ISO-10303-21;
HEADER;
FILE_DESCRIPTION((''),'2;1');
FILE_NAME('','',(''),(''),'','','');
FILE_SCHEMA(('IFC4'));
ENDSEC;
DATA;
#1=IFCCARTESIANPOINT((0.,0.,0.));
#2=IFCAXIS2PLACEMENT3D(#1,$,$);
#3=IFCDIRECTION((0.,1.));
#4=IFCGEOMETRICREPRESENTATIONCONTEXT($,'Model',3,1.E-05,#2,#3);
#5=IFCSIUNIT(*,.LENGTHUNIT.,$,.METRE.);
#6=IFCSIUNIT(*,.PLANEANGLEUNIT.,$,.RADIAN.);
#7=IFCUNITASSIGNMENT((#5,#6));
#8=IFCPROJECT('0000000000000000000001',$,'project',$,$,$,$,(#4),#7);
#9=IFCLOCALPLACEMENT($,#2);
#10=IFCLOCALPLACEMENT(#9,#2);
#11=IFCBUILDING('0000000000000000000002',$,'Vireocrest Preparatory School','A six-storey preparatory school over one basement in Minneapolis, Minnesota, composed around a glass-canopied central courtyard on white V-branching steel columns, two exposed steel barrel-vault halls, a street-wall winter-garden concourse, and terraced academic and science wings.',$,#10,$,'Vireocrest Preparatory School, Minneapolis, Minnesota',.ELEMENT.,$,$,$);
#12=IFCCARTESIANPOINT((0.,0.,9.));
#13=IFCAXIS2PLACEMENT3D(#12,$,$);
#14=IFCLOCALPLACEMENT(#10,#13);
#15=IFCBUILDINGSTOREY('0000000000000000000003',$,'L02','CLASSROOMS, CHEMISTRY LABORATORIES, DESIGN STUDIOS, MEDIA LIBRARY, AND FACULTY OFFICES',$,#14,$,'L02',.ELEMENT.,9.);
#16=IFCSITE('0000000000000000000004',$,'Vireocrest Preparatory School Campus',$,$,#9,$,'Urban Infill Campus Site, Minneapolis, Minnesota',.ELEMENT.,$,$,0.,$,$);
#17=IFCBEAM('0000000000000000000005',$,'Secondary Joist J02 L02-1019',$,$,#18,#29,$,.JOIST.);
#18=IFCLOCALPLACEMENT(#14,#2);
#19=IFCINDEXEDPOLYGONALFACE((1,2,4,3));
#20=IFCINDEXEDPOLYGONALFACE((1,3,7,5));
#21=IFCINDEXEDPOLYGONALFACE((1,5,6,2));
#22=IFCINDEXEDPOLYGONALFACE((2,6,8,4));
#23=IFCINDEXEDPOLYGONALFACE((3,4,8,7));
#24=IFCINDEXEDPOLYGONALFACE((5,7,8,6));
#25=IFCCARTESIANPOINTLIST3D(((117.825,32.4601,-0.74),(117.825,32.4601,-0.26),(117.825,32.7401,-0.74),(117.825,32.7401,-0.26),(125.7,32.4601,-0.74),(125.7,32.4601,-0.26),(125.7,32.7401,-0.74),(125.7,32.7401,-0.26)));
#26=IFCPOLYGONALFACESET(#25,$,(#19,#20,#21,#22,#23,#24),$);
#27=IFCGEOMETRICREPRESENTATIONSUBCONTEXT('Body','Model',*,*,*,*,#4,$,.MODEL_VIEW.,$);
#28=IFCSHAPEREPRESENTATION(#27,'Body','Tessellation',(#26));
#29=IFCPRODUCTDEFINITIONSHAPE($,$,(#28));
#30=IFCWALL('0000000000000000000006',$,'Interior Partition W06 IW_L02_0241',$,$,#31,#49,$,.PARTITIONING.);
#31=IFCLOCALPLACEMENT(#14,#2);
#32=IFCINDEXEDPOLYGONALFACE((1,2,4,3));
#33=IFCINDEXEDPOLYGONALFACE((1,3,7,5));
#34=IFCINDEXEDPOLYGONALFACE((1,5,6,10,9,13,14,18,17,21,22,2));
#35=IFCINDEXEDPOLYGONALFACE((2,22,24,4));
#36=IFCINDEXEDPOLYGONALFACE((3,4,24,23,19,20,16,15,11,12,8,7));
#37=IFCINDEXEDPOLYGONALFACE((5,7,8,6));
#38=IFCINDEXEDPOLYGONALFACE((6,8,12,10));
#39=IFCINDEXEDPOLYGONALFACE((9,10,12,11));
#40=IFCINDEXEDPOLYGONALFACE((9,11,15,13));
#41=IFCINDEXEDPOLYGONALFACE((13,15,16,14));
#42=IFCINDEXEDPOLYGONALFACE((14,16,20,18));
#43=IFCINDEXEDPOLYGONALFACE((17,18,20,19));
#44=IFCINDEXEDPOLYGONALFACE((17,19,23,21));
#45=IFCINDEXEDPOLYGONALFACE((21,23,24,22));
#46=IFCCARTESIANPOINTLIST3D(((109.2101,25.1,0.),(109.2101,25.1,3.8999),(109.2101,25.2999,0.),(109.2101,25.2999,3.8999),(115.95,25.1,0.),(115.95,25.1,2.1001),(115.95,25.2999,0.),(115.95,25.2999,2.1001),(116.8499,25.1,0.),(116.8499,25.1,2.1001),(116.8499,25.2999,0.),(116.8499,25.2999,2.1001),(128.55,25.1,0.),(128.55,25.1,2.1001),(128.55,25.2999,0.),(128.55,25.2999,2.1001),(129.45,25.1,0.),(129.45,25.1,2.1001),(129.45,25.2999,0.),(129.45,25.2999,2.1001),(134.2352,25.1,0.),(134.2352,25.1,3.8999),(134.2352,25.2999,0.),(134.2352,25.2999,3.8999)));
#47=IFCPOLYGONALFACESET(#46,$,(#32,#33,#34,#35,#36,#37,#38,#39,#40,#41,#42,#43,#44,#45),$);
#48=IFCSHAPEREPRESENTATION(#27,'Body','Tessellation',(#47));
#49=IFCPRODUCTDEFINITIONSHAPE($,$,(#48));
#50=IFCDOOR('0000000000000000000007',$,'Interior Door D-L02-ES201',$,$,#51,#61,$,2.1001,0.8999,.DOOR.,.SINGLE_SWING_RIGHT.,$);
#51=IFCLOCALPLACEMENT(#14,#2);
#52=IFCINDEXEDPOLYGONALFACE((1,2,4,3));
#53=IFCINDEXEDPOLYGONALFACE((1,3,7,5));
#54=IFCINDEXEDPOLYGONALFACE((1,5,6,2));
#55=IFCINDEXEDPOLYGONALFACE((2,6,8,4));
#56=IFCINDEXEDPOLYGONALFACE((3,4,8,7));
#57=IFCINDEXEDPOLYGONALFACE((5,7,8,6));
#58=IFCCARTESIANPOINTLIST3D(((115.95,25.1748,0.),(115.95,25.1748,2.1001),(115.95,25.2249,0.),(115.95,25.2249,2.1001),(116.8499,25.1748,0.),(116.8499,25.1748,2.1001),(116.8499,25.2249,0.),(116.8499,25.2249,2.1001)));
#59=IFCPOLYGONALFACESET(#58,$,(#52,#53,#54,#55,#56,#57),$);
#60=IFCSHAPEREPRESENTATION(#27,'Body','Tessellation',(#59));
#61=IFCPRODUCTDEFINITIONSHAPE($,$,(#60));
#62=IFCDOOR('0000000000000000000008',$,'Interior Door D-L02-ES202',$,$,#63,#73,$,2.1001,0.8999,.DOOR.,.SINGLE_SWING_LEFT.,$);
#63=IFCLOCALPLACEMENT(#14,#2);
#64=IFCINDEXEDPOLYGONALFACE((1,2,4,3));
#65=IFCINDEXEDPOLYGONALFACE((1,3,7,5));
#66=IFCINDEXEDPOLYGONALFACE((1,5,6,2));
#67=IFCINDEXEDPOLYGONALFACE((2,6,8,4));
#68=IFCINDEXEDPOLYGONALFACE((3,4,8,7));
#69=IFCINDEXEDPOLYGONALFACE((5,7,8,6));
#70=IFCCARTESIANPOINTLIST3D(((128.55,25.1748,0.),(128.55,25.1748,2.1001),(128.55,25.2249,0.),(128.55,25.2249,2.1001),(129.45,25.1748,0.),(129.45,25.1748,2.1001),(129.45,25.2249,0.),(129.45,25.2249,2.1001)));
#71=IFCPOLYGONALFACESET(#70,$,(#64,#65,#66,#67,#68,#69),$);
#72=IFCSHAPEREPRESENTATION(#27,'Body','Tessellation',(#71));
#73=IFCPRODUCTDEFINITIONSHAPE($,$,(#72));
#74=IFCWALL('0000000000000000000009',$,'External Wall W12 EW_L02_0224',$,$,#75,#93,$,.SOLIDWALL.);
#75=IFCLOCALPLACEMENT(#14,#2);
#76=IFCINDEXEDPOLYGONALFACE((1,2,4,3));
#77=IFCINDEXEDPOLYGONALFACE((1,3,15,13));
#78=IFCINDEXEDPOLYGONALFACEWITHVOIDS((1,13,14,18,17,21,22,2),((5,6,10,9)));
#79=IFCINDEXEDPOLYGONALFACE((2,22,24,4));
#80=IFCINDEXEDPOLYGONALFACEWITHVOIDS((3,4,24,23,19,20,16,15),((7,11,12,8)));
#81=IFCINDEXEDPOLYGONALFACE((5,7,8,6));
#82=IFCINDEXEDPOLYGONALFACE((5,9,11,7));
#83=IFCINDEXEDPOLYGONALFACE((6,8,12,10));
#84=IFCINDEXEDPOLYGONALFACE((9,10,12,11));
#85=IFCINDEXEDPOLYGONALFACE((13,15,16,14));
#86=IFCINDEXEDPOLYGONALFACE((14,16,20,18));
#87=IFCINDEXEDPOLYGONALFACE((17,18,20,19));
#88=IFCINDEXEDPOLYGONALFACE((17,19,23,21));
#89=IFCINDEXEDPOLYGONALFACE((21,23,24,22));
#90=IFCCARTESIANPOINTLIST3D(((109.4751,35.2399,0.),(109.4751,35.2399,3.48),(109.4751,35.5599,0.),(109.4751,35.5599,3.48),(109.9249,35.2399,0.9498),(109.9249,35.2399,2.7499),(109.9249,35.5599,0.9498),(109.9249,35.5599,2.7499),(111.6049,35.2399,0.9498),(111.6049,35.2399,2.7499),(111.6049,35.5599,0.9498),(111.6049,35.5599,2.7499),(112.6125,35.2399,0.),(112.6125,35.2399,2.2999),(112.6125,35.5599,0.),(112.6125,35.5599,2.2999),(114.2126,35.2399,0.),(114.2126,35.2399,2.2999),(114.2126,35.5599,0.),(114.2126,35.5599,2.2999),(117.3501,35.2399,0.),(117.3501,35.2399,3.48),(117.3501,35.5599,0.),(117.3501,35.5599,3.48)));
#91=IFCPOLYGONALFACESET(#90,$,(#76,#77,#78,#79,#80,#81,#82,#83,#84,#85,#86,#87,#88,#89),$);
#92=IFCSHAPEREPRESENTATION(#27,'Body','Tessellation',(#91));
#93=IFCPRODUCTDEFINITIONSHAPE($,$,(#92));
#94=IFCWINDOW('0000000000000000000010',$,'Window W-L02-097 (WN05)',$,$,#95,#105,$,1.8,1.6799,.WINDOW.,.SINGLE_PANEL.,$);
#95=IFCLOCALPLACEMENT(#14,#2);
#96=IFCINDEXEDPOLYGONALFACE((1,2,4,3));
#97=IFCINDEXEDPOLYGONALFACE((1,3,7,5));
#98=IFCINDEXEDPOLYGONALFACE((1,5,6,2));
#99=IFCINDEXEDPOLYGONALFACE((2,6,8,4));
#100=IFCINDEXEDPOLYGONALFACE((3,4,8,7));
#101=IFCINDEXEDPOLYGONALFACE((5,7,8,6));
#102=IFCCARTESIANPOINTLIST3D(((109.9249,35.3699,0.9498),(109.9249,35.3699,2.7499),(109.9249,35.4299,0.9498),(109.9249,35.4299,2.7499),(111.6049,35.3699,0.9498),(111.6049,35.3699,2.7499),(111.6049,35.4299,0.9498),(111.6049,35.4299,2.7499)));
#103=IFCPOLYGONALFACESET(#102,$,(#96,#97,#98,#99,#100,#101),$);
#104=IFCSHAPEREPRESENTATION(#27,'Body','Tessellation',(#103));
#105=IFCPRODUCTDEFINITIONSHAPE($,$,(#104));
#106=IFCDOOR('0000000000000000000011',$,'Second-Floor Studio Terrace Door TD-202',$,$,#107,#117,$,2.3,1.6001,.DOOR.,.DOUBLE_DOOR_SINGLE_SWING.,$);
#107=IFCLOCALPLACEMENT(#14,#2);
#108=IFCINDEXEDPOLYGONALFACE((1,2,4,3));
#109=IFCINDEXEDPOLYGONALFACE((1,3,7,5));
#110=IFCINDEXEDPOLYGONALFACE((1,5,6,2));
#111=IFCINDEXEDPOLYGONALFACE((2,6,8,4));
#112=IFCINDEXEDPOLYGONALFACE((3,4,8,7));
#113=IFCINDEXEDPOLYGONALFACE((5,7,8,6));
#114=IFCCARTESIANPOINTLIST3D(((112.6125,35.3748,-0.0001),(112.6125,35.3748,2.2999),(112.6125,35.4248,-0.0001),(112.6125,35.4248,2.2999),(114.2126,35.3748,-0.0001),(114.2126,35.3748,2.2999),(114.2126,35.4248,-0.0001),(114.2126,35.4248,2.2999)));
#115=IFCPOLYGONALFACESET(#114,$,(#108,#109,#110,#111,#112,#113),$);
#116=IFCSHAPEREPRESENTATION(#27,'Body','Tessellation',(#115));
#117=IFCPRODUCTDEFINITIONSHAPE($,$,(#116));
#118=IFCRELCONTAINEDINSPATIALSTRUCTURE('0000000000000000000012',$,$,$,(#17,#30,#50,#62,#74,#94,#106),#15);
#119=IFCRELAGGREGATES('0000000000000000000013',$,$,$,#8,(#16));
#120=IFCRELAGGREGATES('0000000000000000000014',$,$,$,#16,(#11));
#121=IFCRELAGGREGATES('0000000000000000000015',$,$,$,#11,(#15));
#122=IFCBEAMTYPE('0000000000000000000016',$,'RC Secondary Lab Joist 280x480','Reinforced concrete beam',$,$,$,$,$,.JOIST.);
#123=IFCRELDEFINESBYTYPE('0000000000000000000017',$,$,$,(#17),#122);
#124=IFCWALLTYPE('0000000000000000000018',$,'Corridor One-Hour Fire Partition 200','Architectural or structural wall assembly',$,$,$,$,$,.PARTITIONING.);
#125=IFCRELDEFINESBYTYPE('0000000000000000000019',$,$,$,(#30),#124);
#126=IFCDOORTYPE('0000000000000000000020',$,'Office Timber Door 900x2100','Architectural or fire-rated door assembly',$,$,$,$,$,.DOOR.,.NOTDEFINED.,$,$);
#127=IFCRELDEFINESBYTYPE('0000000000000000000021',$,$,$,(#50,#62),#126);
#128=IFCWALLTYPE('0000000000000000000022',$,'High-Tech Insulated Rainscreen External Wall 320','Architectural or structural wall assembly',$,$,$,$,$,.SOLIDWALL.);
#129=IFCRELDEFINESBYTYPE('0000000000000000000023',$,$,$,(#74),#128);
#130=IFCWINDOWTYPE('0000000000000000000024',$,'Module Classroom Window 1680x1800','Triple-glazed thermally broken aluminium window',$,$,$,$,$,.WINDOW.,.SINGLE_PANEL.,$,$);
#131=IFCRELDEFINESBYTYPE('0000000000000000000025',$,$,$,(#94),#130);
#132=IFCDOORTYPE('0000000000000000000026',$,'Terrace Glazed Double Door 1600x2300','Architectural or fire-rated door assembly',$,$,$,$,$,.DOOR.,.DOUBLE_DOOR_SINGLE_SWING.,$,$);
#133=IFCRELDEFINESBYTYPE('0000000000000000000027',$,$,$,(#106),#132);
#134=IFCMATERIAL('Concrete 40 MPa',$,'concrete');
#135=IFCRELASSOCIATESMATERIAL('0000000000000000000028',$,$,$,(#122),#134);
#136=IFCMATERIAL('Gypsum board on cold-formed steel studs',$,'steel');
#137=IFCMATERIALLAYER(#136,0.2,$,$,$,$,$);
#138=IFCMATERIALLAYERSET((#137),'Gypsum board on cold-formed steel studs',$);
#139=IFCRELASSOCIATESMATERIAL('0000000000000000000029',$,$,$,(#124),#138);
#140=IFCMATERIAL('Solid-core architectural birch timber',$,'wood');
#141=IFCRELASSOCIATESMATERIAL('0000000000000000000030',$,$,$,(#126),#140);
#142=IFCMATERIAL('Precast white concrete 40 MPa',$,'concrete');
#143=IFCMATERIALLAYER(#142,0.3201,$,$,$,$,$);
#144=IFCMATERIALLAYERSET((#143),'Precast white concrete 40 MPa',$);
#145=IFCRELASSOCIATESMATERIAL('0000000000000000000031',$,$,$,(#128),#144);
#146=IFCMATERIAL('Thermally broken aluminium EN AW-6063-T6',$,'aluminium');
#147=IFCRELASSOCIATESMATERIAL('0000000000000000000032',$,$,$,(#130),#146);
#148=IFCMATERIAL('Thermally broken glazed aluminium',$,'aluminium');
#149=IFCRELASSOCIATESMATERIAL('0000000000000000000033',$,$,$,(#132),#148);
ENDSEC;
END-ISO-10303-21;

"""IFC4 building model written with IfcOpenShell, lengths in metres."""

from ifc_helpers import new_model, si_unit, direction, frame, frame_2d, origin, origin_2d, place, context, subcontext, project, spatial, rectangle, extrude, material, layer, layer_set, material_profile, profile_set, type_object, element, fill, save


model = new_model("IFC4")

# Units and contexts
model_context = context("Model", 3, precision=1e-05, world=origin(), true_north=direction((0.0, 1.0)))
body_context = subcontext(model_context, "Body", "Model", "MODEL_VIEW")
ifc_project = project(units=[si_unit("LENGTHUNIT", "METRE"), si_unit("PLANEANGLEUNIT", "RADIAN")], contexts=[model_context])

# Site, building, storey
site_placement = place(None, origin())
site = spatial("IfcSite", under=ifc_project, at=site_placement, Name="Vireocrest Preparatory School Campus", LongName="Urban Infill Campus Site, Minneapolis, Minnesota", CompositionType="ELEMENT", RefElevation=0.0)
building_placement = place(site_placement, origin())
building = spatial("IfcBuilding", under=site, at=building_placement, Name="Vireocrest Preparatory School", Description="A six-storey preparatory school over one basement in Minneapolis, Minnesota, composed around a glass-canopied central courtyard on white V-branching steel columns, two exposed steel barrel-vault halls, a street-wall winter-garden concourse, and terraced academic and science wings.", LongName="Vireocrest Preparatory School, Minneapolis, Minnesota", CompositionType="ELEMENT")
storey_placement = place(building_placement, frame((0.0, 0.0, 9.0)))
storey = spatial("IfcBuildingStorey", under=building, at=storey_placement, Name="L02", Description="CLASSROOMS, CHEMISTRY LABORATORIES, DESIGN STUDIOS, MEDIA LIBRARY, AND FACULTY OFFICES", LongName="L02", CompositionType="ELEMENT", Elevation=9.0)

# Beam
ifc_material_1 = material(Name="Concrete 40 MPa", Category="concrete")
ifc_material_profile_1 = material_profile(ifc_material_1, rectangle(XDim=0.28, YDim=0.48, at=origin_2d()), Name="RC 280x480")
ifc_profile_set_1 = profile_set([ifc_material_profile_1], Name="Concrete 40 MPa")
beam_type_1 = type_object("IfcBeamType", Name="RC Secondary Lab Joist 280x480", Description="Reinforced concrete beam", PredefinedType="JOIST", material=ifc_profile_set_1)
for number, where, z_axis, x_axis, name in (
    (1, (117.825, 32.6001, -0.5), (1.0, 0.0, 0.0), (0.0, 1.0, 0.0), "Secondary Joist J02 L02-1019"),
):
    element("IfcBeam", number, at=place(storey_placement, frame(where, z_axis=z_axis, x_axis=x_axis)), inside=storey, type_object=beam_type_1, Name=name, PredefinedType="JOIST", context=body_context, shape_type="SweptSolid", body=[
        extrude(rectangle(XDim=0.28, YDim=0.48, at=origin_2d()), origin(), (0.0, 0.0, 1.0), 7.875),
    ])

# Wall, openings, doors
ifc_material_2 = material(Name="Gypsum board on cold-formed steel studs", Category="steel")
ifc_layer_1 = layer(ifc_material_2, 0.2)
ifc_layer_set_1 = layer_set([ifc_layer_1], Name="Gypsum board on cold-formed steel studs")
wall_type_1 = type_object("IfcWallType", Name="Corridor One-Hour Fire Partition 200", Description="Architectural or structural wall assembly", PredefinedType="PARTITIONING", material=ifc_layer_set_1)
wall_1_placement = place(storey_placement, frame((109.21, 25.2, 0.0), z_axis=(0.0, 0.0, 1.0), x_axis=(1.0, 0.0, 0.0)))
wall_1 = element("IfcWall", 2, at=wall_1_placement, inside=storey, type_object=wall_type_1, Name="Interior Partition W06 IW_L02_0241", PredefinedType="PARTITIONING", context=body_context, shape_type="SweptSolid", body=[
    extrude(rectangle(XDim=25.0251, YDim=0.2, at=frame_2d((12.5127, 0.0))), origin(), (0.0, 0.0, 1.0), 3.8999),
])
opening_1_placement = place(wall_1_placement, frame((6.74, 0.0, 0.0)))
opening_1 = element("IfcOpeningElement", 3, at=opening_1_placement, cuts=wall_1, PredefinedType="OPENING", context=body_context, shape_type="SweptSolid", body=[
    extrude(rectangle(XDim=0.8999, YDim=2.1001, at=frame_2d((0.45, 1.05))), frame((0.0, 0.1099, 0.0), z_axis=(0.0, -1.0, 0.0), x_axis=(1.0, 0.0, 0.0)), (0.0, 0.0, 1.0), 0.22),
])
opening_2_placement = place(wall_1_placement, frame((19.3401, 0.0, 0.0)))
opening_2 = element("IfcOpeningElement", 4, at=opening_2_placement, cuts=wall_1, PredefinedType="OPENING", context=body_context, shape_type="SweptSolid", body=[
    extrude(rectangle(XDim=0.8999, YDim=2.1001, at=frame_2d((0.45, 1.05))), frame((0.0, 0.1099, 0.0), z_axis=(0.0, -1.0, 0.0), x_axis=(1.0, 0.0, 0.0)), (0.0, 0.0, 1.0), 0.22),
])
ifc_material_3 = material(Name="Solid-core architectural birch timber", Category="wood")
door_type_1 = type_object("IfcDoorType", Name="Office Timber Door 900x2100", Description="Architectural or fire-rated door assembly", OperationType="NOTDEFINED", PredefinedType="DOOR", material=ifc_material_3)
door_1_placement = place(opening_1_placement, origin())
door_1 = element("IfcDoor", 5, at=door_1_placement, inside=storey, type_object=door_type_1, Name="Interior Door D-L02-ES201", OperationType="SINGLE_SWING_RIGHT", OverallHeight=2.1001, OverallWidth=0.8999, PredefinedType="DOOR", context=body_context, shape_type="SweptSolid", body=[
    extrude(rectangle(XDim=0.8999, YDim=2.1001, at=frame_2d((0.45, 1.05))), frame((0.0, 0.0249, 0.0), z_axis=(0.0, -1.0, 0.0), x_axis=(1.0, 0.0, 0.0)), (0.0, 0.0, 1.0), 0.05),
])
fill(opening_1, door_1)
door_2_placement = place(opening_2_placement, origin())
door_2 = element("IfcDoor", 6, at=door_2_placement, inside=storey, type_object=door_type_1, Name="Interior Door D-L02-ES202", OperationType="SINGLE_SWING_LEFT", OverallHeight=2.1001, OverallWidth=0.8999, PredefinedType="DOOR", context=body_context, shape_type="SweptSolid", body=[
    extrude(rectangle(XDim=0.8999, YDim=2.1001, at=frame_2d((0.45, 1.05))), frame((0.0, 0.0249, 0.0), z_axis=(0.0, -1.0, 0.0), x_axis=(1.0, 0.0, 0.0)), (0.0, 0.0, 1.0), 0.05),
])
fill(opening_2, door_2)

# Wall, openings, window, door
ifc_material_4 = material(Name="Precast white concrete 40 MPa", Category="concrete")
ifc_layer_2 = layer(ifc_material_4, 0.3201)
ifc_layer_set_2 = layer_set([ifc_layer_2], Name="Precast white concrete 40 MPa")
wall_type_2 = type_object("IfcWallType", Name="High-Tech Insulated Rainscreen External Wall 320", Description="Architectural or structural wall assembly", PredefinedType="SOLIDWALL", material=ifc_layer_set_2)
wall_2_placement = place(storey_placement, frame((109.4751, 35.3999, 0.0), z_axis=(0.0, 0.0, 1.0), x_axis=(1.0, 0.0, 0.0)))
wall_2 = element("IfcWall", 7, at=wall_2_placement, inside=storey, type_object=wall_type_2, Name="External Wall W12 EW_L02_0224", PredefinedType="SOLIDWALL", context=body_context, shape_type="SweptSolid", body=[
    extrude(rectangle(XDim=7.875, YDim=0.3201, at=frame_2d((3.9375, 0.0))), origin(), (0.0, 0.0, 1.0), 3.48),
])
opening_3_placement = place(wall_2_placement, frame((3.1375, 0.0, 0.0)))
opening_3 = element("IfcOpeningElement", 8, at=opening_3_placement, cuts=wall_2, PredefinedType="OPENING", context=body_context, shape_type="SweptSolid", body=[
    extrude(rectangle(XDim=1.6001, YDim=2.3, at=frame_2d((0.8, 1.1499))), frame((0.0, 0.1699, 0.0), z_axis=(0.0, -1.0, 0.0), x_axis=(1.0, 0.0, 0.0)), (0.0, 0.0, 1.0), 0.3401),
])
opening_4_placement = place(wall_2_placement, frame((0.45, 0.0, 0.95)))
opening_4 = element("IfcOpeningElement", 9, at=opening_4_placement, cuts=wall_2, PredefinedType="OPENING", context=body_context, shape_type="SweptSolid", body=[
    extrude(rectangle(XDim=1.6799, YDim=1.8, at=frame_2d((0.8398, 0.8999))), frame((0.0, 0.1699, 0.0), z_axis=(0.0, -1.0, 0.0), x_axis=(1.0, 0.0, 0.0)), (0.0, 0.0, 1.0), 0.3401),
])
ifc_material_5 = material(Name="Thermally broken aluminium EN AW-6063-T6", Category="aluminium")
window_type_1 = type_object("IfcWindowType", Name="Module Classroom Window 1680x1800", Description="Triple-glazed thermally broken aluminium window", PartitioningType="SINGLE_PANEL", PredefinedType="WINDOW", material=ifc_material_5)
window_1_placement = place(opening_4_placement, origin())
window_1 = element("IfcWindow", 10, at=window_1_placement, inside=storey, type_object=window_type_1, Name="Window W-L02-097 (WN05)", OverallHeight=1.8, OverallWidth=1.6799, PartitioningType="SINGLE_PANEL", PredefinedType="WINDOW", context=body_context, shape_type="SweptSolid", body=[
    extrude(rectangle(XDim=1.6799, YDim=1.8, at=frame_2d((0.8398, 0.8999))), frame((0.0, 0.03, 0.0), z_axis=(0.0, -1.0, 0.0), x_axis=(1.0, 0.0, 0.0)), (0.0, 0.0, 1.0), 0.0601),
])
fill(opening_4, window_1)
ifc_material_6 = material(Name="Thermally broken glazed aluminium", Category="aluminium")
door_type_2 = type_object("IfcDoorType", Name="Terrace Glazed Double Door 1600x2300", Description="Architectural or fire-rated door assembly", OperationType="DOUBLE_DOOR_SINGLE_SWING", PredefinedType="DOOR", material=ifc_material_6)
door_3_placement = place(opening_3_placement, origin())
door_3 = element("IfcDoor", 11, at=door_3_placement, inside=storey, type_object=door_type_2, Name="Second-Floor Studio Terrace Door TD-202", OperationType="DOUBLE_DOOR_SINGLE_SWING", OverallHeight=2.3, OverallWidth=1.6001, PredefinedType="DOOR", context=body_context, shape_type="SweptSolid", body=[
    extrude(rectangle(XDim=1.6001, YDim=2.3, at=frame_2d((0.8, 1.1499))), frame((0.0, 0.0249, 0.0), z_axis=(0.0, -1.0, 0.0), x_axis=(1.0, 0.0, 0.0)), (0.0, 0.0, 1.0), 0.05),
])
fill(opening_3, door_3)

save(model, "model.ifc")
